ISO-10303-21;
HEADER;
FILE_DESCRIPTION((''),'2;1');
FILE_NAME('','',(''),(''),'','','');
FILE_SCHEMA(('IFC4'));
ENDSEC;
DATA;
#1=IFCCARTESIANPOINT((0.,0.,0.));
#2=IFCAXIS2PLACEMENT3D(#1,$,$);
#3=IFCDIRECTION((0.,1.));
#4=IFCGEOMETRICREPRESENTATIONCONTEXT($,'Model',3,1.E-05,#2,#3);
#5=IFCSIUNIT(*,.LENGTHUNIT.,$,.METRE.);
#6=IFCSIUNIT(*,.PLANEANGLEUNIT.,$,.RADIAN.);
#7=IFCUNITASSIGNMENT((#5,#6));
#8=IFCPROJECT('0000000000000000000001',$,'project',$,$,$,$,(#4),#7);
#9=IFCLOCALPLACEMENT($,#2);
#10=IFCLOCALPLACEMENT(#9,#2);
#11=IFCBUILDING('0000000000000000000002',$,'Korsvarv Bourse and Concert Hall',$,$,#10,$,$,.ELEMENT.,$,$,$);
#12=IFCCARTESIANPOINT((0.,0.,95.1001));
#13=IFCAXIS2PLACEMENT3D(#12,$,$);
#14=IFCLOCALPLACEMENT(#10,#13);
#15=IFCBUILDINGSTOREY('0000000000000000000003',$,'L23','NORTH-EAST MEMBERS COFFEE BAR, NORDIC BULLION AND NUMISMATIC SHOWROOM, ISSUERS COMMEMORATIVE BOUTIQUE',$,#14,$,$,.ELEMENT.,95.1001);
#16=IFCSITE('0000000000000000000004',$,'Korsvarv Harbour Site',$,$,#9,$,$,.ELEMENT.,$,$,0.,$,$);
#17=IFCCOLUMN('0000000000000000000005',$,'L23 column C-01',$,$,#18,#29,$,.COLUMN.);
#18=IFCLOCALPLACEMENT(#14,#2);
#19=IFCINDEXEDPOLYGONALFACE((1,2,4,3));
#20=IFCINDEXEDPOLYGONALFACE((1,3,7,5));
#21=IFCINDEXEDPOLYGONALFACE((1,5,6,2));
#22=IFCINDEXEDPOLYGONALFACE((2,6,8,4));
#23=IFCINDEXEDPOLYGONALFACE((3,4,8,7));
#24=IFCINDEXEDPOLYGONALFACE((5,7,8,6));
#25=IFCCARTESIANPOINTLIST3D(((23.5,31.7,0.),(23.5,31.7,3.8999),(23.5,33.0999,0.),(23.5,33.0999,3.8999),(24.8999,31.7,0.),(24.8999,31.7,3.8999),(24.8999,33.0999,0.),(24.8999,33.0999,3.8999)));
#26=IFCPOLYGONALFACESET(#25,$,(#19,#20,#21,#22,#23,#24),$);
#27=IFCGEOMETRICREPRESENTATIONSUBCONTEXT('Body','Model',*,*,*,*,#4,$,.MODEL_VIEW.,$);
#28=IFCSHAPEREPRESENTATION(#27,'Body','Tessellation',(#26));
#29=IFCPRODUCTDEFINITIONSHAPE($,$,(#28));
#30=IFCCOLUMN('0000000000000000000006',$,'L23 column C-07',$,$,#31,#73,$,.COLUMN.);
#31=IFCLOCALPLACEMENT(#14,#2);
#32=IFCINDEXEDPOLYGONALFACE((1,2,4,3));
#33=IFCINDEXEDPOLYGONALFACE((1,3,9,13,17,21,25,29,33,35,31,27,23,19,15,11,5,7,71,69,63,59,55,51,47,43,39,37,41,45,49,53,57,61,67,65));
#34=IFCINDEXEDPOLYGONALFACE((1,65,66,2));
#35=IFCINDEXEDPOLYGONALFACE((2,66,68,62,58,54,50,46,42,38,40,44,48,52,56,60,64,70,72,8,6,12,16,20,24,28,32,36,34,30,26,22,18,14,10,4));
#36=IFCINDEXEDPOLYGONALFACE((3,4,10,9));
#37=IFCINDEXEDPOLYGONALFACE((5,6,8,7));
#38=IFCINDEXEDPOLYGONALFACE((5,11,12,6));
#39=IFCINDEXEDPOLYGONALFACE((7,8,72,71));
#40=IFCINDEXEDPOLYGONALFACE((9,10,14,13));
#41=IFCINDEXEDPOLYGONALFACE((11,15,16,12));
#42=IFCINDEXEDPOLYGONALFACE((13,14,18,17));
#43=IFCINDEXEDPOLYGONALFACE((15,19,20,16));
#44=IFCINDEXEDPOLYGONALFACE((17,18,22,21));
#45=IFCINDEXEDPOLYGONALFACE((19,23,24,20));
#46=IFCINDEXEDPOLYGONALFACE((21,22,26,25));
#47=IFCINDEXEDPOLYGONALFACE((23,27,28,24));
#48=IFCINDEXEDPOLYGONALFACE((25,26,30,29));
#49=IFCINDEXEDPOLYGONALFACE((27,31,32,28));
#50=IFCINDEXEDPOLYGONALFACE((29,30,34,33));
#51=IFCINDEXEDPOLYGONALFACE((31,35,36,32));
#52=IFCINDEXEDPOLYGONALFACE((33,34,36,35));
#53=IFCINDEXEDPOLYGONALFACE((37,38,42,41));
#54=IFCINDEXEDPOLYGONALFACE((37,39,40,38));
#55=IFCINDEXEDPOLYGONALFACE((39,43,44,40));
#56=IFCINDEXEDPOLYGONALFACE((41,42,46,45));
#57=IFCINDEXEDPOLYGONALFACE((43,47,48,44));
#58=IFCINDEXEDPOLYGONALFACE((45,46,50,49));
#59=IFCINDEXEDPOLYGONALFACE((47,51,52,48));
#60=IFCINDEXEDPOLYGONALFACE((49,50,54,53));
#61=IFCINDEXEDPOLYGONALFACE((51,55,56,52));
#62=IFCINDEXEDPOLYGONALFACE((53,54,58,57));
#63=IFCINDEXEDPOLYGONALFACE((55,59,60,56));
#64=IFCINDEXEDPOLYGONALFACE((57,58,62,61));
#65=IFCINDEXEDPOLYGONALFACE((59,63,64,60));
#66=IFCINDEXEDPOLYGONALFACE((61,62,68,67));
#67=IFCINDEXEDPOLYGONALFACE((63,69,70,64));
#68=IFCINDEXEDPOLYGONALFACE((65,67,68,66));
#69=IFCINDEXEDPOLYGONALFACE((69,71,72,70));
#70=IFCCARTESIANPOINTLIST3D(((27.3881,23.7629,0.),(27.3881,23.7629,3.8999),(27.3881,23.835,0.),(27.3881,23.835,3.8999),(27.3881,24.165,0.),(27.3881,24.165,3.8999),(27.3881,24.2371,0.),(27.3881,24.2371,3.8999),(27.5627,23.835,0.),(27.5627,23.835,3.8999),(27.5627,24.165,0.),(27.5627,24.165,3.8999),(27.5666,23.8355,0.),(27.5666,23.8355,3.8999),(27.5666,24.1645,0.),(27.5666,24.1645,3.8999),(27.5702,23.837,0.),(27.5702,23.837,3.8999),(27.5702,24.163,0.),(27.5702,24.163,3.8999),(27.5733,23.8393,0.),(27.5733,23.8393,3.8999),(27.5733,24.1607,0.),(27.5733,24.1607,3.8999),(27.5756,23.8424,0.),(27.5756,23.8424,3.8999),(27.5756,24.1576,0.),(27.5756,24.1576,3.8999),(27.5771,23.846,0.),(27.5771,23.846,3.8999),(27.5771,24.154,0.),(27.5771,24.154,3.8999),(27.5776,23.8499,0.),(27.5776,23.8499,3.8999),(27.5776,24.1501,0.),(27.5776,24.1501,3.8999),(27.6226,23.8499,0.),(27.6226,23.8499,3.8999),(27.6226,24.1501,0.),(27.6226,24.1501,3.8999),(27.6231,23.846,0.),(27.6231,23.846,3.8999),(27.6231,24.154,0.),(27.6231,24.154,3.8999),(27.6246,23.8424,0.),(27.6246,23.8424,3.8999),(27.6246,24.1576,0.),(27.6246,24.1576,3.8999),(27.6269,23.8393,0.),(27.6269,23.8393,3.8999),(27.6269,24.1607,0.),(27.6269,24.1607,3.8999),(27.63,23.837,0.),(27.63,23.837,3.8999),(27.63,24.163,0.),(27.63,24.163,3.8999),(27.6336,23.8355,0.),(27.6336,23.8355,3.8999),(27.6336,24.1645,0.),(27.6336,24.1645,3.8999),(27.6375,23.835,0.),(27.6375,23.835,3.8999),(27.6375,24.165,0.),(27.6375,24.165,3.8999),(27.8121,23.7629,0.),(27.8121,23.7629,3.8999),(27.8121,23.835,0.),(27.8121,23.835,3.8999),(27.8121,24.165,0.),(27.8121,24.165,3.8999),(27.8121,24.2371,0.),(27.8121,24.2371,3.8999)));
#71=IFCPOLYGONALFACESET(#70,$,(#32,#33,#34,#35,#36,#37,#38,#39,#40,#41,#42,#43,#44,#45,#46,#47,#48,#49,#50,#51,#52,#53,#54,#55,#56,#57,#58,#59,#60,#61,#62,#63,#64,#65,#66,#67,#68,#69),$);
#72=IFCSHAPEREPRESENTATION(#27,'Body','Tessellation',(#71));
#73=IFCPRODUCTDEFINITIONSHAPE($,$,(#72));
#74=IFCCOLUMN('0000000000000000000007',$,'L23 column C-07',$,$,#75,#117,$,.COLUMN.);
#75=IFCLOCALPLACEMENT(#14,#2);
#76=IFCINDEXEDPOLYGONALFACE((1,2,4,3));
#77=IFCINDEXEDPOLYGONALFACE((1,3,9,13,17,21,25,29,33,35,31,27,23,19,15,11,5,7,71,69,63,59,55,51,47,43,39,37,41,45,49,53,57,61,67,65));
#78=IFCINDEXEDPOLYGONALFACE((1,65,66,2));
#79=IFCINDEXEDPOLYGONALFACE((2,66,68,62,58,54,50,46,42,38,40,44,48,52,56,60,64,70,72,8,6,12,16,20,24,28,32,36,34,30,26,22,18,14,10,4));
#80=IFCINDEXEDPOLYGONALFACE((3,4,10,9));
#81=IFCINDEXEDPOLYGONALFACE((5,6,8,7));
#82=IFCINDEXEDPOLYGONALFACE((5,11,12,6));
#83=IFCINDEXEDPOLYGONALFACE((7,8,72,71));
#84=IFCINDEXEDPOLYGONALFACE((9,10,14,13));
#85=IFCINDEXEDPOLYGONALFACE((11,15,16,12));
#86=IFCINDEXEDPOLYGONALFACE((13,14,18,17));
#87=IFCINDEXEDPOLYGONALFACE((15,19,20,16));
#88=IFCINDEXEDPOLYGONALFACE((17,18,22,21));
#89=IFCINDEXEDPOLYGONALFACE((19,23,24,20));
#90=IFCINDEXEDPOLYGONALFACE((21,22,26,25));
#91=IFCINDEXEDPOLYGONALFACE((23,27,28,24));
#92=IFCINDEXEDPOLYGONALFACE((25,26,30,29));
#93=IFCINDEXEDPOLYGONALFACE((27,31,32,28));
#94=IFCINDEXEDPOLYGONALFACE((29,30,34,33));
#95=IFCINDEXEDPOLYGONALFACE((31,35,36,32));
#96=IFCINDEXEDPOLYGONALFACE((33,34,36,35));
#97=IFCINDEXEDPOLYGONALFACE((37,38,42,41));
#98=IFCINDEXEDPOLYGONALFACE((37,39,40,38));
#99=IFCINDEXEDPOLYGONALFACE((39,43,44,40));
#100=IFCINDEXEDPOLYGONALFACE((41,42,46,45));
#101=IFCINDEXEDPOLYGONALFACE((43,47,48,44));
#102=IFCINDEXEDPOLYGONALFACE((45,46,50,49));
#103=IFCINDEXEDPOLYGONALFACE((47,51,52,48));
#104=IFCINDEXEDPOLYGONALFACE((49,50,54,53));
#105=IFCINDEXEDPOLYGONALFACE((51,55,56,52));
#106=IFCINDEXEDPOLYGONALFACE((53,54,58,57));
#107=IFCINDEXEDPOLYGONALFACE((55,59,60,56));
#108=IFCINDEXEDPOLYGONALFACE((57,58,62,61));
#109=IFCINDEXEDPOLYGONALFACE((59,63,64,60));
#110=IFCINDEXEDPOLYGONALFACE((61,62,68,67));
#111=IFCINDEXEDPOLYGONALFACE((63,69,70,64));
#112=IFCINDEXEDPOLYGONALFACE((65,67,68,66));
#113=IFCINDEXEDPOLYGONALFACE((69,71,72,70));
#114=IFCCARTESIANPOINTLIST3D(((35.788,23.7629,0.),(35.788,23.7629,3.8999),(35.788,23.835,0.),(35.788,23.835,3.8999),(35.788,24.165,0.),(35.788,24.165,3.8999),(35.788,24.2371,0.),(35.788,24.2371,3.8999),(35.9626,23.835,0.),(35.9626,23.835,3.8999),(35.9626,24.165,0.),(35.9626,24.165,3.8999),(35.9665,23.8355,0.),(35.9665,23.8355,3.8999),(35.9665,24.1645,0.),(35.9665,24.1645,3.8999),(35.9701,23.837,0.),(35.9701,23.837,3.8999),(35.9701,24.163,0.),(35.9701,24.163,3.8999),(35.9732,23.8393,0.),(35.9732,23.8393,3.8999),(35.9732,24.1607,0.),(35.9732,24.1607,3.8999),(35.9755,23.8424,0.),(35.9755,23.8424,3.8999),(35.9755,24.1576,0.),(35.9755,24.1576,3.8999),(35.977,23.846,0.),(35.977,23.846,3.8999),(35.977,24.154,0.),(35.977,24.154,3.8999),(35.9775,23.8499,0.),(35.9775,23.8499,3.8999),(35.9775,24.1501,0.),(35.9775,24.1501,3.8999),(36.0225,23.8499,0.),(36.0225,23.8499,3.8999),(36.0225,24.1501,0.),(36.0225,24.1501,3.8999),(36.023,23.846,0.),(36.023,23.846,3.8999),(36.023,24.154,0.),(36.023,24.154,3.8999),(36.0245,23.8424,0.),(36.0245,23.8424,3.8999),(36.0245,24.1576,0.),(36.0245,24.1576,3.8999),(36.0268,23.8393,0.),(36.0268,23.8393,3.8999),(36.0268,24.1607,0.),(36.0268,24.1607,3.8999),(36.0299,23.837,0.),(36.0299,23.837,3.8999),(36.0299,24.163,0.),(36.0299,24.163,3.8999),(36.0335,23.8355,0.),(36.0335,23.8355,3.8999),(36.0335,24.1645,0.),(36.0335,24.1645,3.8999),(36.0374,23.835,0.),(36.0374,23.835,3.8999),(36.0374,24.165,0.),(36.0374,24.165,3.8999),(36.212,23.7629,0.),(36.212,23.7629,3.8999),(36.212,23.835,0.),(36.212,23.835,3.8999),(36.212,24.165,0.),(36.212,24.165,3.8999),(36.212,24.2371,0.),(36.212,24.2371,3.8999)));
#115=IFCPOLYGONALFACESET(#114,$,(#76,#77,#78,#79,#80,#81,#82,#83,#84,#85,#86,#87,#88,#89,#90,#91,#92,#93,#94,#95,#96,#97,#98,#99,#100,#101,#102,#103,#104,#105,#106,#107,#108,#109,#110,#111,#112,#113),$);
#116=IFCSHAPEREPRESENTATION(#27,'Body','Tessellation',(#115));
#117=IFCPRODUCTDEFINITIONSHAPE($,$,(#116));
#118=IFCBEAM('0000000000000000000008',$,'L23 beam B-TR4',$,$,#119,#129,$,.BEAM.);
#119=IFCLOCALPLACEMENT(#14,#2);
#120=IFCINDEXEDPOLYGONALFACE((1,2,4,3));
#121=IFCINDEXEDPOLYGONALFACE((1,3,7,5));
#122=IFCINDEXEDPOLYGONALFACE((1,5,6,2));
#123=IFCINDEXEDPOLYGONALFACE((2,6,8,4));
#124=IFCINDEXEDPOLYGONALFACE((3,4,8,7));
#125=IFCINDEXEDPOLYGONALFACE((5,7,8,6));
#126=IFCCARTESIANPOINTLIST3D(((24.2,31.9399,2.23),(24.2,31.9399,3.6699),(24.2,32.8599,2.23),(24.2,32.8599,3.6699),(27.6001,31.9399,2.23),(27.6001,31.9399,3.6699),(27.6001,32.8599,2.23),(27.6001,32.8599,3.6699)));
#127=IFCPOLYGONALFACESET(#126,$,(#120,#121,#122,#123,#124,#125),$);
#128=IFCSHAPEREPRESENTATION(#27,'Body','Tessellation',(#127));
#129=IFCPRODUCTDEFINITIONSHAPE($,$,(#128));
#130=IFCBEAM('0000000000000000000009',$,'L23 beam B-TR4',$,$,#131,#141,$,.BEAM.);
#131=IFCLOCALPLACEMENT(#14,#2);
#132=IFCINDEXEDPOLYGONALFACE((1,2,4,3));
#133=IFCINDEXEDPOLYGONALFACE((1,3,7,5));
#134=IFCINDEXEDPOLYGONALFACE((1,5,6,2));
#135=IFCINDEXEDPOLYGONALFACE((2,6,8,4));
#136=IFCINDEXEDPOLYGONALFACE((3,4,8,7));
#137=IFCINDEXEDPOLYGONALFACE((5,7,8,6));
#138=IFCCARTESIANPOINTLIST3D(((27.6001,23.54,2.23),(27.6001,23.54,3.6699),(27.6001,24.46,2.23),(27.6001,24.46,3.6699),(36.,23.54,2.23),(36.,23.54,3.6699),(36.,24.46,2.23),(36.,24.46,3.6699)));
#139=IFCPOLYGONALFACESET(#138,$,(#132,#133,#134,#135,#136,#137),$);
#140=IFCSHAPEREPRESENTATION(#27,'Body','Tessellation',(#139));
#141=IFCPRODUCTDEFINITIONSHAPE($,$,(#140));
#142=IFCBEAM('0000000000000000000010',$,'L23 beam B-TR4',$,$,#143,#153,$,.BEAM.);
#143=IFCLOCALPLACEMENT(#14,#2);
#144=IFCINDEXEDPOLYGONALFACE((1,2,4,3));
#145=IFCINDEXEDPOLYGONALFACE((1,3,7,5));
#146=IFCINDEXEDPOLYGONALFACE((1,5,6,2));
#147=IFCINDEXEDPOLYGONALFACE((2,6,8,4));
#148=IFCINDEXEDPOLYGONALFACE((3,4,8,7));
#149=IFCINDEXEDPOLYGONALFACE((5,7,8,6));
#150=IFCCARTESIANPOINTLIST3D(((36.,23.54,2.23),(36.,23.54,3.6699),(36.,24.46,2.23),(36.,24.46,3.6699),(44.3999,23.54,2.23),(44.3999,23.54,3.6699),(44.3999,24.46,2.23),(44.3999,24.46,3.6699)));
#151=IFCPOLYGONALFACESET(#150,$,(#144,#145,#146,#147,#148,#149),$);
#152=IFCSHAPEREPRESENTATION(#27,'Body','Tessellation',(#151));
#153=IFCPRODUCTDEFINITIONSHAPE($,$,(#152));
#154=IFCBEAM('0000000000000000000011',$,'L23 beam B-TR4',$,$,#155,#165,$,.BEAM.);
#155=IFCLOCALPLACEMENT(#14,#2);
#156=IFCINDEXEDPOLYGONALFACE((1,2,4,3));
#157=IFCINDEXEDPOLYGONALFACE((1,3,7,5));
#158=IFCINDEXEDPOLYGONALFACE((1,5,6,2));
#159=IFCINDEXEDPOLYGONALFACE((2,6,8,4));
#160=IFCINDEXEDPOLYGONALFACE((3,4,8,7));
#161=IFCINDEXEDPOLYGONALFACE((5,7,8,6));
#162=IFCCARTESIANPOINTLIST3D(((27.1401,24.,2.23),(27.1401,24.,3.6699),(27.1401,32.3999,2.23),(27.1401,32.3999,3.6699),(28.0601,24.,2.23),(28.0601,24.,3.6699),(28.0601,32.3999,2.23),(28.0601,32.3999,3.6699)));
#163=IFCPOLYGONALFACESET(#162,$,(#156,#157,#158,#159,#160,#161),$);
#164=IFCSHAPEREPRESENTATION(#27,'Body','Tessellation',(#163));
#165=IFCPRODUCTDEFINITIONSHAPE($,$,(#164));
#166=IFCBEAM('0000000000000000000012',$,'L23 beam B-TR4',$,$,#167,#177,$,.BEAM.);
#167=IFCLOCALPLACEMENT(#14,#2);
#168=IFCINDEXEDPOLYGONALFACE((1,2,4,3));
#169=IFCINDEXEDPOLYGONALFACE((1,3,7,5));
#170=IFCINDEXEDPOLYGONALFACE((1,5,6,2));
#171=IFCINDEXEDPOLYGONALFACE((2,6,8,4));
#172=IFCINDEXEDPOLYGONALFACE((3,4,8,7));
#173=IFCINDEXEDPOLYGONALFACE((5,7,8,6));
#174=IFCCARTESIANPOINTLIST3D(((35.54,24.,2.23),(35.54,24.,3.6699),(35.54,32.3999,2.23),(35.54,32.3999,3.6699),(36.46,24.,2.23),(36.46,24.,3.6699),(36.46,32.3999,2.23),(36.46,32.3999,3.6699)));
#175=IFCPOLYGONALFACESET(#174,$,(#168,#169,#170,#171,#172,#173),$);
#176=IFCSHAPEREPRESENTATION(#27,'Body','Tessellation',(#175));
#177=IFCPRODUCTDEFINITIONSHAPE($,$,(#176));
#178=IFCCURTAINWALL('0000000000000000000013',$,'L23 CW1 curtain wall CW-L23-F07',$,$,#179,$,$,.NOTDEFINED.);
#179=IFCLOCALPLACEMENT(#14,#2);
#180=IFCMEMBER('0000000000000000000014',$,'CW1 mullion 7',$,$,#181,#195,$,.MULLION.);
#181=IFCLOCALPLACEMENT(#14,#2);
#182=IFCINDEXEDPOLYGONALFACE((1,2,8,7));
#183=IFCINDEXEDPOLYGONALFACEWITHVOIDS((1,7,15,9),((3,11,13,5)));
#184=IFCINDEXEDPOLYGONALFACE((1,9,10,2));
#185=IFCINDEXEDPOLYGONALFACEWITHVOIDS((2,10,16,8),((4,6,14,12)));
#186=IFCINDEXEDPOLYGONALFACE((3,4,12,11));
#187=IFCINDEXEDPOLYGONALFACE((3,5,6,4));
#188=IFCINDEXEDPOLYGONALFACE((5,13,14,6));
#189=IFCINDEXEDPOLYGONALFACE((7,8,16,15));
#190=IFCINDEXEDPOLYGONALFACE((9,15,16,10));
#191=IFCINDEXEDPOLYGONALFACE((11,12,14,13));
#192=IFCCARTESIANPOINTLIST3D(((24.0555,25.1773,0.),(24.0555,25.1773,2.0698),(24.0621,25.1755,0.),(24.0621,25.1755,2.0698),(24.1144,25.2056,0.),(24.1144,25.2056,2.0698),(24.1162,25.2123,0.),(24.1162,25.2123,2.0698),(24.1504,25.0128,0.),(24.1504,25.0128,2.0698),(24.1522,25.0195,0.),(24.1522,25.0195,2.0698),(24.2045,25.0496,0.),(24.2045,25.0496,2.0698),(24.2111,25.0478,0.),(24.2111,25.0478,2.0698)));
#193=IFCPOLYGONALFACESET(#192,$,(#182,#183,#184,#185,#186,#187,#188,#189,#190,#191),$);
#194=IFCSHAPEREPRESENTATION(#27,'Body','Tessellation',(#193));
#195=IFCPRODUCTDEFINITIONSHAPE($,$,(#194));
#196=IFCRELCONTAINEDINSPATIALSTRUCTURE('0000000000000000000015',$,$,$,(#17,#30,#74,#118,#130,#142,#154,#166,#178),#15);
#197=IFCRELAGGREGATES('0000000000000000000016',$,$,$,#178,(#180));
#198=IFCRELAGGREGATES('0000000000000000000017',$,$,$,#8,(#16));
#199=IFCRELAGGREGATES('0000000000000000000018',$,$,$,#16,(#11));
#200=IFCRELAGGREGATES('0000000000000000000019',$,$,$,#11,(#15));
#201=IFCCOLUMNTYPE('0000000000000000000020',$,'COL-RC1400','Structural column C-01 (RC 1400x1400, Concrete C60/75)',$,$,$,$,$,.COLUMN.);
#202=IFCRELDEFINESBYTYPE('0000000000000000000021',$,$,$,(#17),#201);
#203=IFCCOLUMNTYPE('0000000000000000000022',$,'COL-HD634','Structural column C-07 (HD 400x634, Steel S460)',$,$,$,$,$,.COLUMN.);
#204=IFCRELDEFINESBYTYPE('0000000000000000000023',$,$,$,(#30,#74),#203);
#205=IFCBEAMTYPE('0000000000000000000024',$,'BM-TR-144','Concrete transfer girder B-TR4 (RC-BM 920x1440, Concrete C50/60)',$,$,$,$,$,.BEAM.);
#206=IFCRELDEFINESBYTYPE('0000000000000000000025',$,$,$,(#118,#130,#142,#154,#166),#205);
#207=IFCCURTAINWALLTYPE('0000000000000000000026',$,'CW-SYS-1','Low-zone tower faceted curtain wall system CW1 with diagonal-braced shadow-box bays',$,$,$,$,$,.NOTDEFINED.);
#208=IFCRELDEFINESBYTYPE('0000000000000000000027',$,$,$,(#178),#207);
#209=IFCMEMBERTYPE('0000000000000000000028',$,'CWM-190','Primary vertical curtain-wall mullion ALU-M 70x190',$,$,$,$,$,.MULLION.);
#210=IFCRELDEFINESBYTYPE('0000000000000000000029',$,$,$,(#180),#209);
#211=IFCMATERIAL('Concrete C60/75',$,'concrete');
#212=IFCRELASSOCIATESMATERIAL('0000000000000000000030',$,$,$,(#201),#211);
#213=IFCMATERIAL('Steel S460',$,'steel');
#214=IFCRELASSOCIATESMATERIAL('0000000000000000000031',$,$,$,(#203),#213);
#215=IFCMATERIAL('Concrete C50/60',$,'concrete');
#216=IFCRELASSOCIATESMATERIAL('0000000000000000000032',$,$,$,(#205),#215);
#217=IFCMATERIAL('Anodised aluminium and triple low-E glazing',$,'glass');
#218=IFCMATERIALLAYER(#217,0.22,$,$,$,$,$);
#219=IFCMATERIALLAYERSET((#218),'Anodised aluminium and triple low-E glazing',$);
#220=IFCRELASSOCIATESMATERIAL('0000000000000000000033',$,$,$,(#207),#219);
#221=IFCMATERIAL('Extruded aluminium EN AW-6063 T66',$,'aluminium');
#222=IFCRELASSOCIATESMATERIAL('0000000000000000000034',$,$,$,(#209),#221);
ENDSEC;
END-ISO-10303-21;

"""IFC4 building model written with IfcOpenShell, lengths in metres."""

from ifc_helpers import new_model, si_unit, direction, frame, origin, origin_2d, place, context, subcontext, project, spatial, rectangle, hollow_rectangle, i_section, extrude, source, transform, mapped, material, layer, layer_set, material_profile, profile_set, type_object, element, aggregate, save


model = new_model("IFC4")

# Units and contexts
model_context = context("Model", 3, precision=1e-05, world=origin(), true_north=direction((0.0, 1.0)))
body_context = subcontext(model_context, "Body", "Model", "MODEL_VIEW")
ifc_project = project(units=[si_unit("LENGTHUNIT", "METRE"), si_unit("PLANEANGLEUNIT", "RADIAN")], contexts=[model_context])

# Site, building, storey
site_placement = place(None, origin())
site = spatial("IfcSite", under=ifc_project, at=site_placement, Name="Korsvarv Harbour Site", CompositionType="ELEMENT", RefElevation=0.0)
building_placement = place(site_placement, origin())
building = spatial("IfcBuilding", under=site, at=building_placement, Name="Korsvarv Bourse and Concert Hall", CompositionType="ELEMENT")
storey_placement = place(building_placement, frame((0.0, 0.0, 95.1001)))
storey = spatial("IfcBuildingStorey", under=building, at=storey_placement, Name="L23", Description="NORTH-EAST MEMBERS COFFEE BAR, NORDIC BULLION AND NUMISMATIC SHOWROOM, ISSUERS COMMEMORATIVE BOUTIQUE", CompositionType="ELEMENT", Elevation=95.1001)

# Columns
ifc_material_1 = material(Name="Concrete C60/75", Category="concrete")
ifc_material_profile_1 = material_profile(ifc_material_1, rectangle(XDim=1.3999, YDim=1.3999, at=origin_2d()), Name="RC 1400x1400")
ifc_profile_set_1 = profile_set([ifc_material_profile_1], Name="Concrete C60/75")
column_type_1 = type_object("IfcColumnType", Name="COL-RC1400", Description="Structural column C-01 (RC 1400x1400, Concrete C60/75)", PredefinedType="COLUMN", material=ifc_profile_set_1)
shared_shape_1 = source(origin(), body_context, "Body", "SweptSolid", [
    extrude(rectangle(XDim=1.3999, YDim=1.3999, at=origin_2d()), origin(), (0.0, 0.0, 1.0), 3.8999),
])
column_placement = place(storey_placement, frame((24.2, 32.3999, 0.0), z_axis=(0.0, 0.0, 1.0), x_axis=(1.0, 0.0, 0.0)))
element("IfcColumn", 1, at=column_placement, inside=storey, type_object=column_type_1, Name="L23 column C-01", PredefinedType="COLUMN", context=body_context, shape_type="MappedRepresentation", body=[
    mapped(shared_shape_1, transform((0.0, 0.0, 0.0), scale=1.0)),
])
ifc_material_2 = material(Name="Steel S460", Category="steel")
ifc_material_profile_2 = material_profile(ifc_material_2, i_section(OverallWidth=0.4241, OverallDepth=0.4741, WebThickness=0.0449, FlangeThickness=0.072, FilletRadius=0.0149, at=origin_2d()), Name="HD 400x634")
ifc_profile_set_2 = profile_set([ifc_material_profile_2], Name="Steel S460")
column_type_2 = type_object("IfcColumnType", Name="COL-HD634", Description="Structural column C-07 (HD 400x634, Steel S460)", PredefinedType="COLUMN", material=ifc_profile_set_2)
shared_shape_2 = source(origin(), body_context, "Body", "SweptSolid", [
    extrude(i_section(OverallWidth=0.4241, OverallDepth=0.4741, WebThickness=0.0449, FlangeThickness=0.072, FilletRadius=0.0149, at=origin_2d()), origin(), (0.0, 0.0, 1.0), 3.8999),
])
for number, where, z_axis, x_axis, name in (
    (2, (27.6001, 24.0, 0.0), (0.0, 0.0, 1.0), (1.0, 0.0, 0.0), "L23 column C-07"),
    (3, (36.0, 24.0, 0.0), (0.0, 0.0, 1.0), (1.0, 0.0, 0.0), "L23 column C-07"),
):
    element("IfcColumn", number, at=place(storey_placement, frame(where, z_axis=z_axis, x_axis=x_axis)), inside=storey, type_object=column_type_2, Name=name, PredefinedType="COLUMN", context=body_context, shape_type="MappedRepresentation", body=[
        mapped(shared_shape_2, transform((0.0, 0.0, 0.0), scale=1.0)),
    ])

# Beams
ifc_material_3 = material(Name="Concrete C50/60", Category="concrete")
ifc_material_profile_3 = material_profile(ifc_material_3, rectangle(XDim=0.9199, YDim=1.4399, at=origin_2d()), Name="RC-BM 920x1440")
ifc_profile_set_3 = profile_set([ifc_material_profile_3], Name="Concrete C50/60")
beam_type = type_object("IfcBeamType", Name="BM-TR-144", Description="Concrete transfer girder B-TR4 (RC-BM 920x1440, Concrete C50/60)", PredefinedType="BEAM", material=ifc_profile_set_3)
shared_shape_3 = source(origin(), body_context, "Body", "SweptSolid", [
    extrude(rectangle(XDim=0.9199, YDim=1.4399, at=origin_2d()), origin(), (0.0, 0.0, 1.0), 3.4001),
])
beam_placement = place(storey_placement, frame((24.2, 32.3999, 2.95), z_axis=(1.0, 0.0, 0.0), x_axis=(0.0, 1.0, 0.0)))
element("IfcBeam", 4, at=beam_placement, inside=storey, type_object=beam_type, Name="L23 beam B-TR4", PredefinedType="BEAM", context=body_context, shape_type="MappedRepresentation", body=[
    mapped(shared_shape_3, transform((0.0, 0.0, 0.0), scale=1.0)),
])
shared_shape_4 = source(origin(), body_context, "Body", "SweptSolid", [
    extrude(rectangle(XDim=0.9199, YDim=1.4399, at=origin_2d()), origin(), (0.0, 0.0, 1.0), 8.3999),
])
for number, where, z_axis, x_axis, name in (
    (5, (27.6001, 24.0, 2.95), (1.0, 0.0, 0.0), (0.0, 1.0, 0.0), "L23 beam B-TR4"),
    (6, (36.0, 24.0, 2.95), (1.0, 0.0, 0.0), (0.0, 1.0, 0.0), "L23 beam B-TR4"),
    (7, (27.6001, 24.0, 2.95), (0.0, 1.0, 0.0), (-1.0, 0.0, 0.0), "L23 beam B-TR4"),
    (8, (36.0, 24.0, 2.95), (0.0, 1.0, 0.0), (-1.0, 0.0, 0.0), "L23 beam B-TR4"),
):
    element("IfcBeam", number, at=place(storey_placement, frame(where, z_axis=z_axis, x_axis=x_axis)), inside=storey, type_object=beam_type, Name=name, PredefinedType="BEAM", context=body_context, shape_type="MappedRepresentation", body=[
        mapped(shared_shape_4, transform((0.0, 0.0, 0.0), scale=1.0)),
    ])

# Curtain wall, member
ifc_material_4 = material(Name="Anodised aluminium and triple low-E glazing", Category="glass")
ifc_layer_1 = layer(ifc_material_4, 0.22)
ifc_layer_set_1 = layer_set([ifc_layer_1], Name="Anodised aluminium and triple low-E glazing")
curtain_wall_type = type_object("IfcCurtainWallType", Name="CW-SYS-1", Description="Low-zone tower faceted curtain wall system CW1 with diagonal-braced shadow-box bays", PredefinedType="NOTDEFINED", material=ifc_layer_set_1)
curtain_wall_placement = place(storey_placement, origin())
curtain_wall = element("IfcCurtainWall", 9, at=curtain_wall_placement, inside=storey, type_object=curtain_wall_type, Name="L23 CW1 curtain wall CW-L23-F07", PredefinedType="NOTDEFINED")
ifc_material_5 = material(Name="Extruded aluminium EN AW-6063 T66", Category="aluminium")
ifc_material_profile_4 = material_profile(ifc_material_5, hollow_rectangle(XDim=0.0701, YDim=0.1899, WallThickness=0.0049, at=origin_2d()), Name="ALU-M 70x190")
ifc_profile_set_4 = profile_set([ifc_material_profile_4], Name="Extruded aluminium EN AW-6063 T66")
member_type_1 = type_object("IfcMemberType", Name="CWM-190", Description="Primary vertical curtain-wall mullion ALU-M 70x190", PredefinedType="MULLION", material=ifc_profile_set_4)
shared_shape_5 = source(origin(), body_context, "Body", "SweptSolid", [
    extrude(hollow_rectangle(XDim=0.0701, YDim=0.1899, WallThickness=0.0049, at=origin_2d()), origin(), (0.0, 0.0, 1.0), 2.0698),
])
member_1_placement = place(storey_placement, frame((24.1333, 25.1125, 0.0), z_axis=(0.0, 0.0, 1.0), x_axis=(0.866026, 0.499999, 0.0)))
member_1 = element("IfcMember", 10, at=member_1_placement, type_object=member_type_1, Name="CW1 mullion 7", PredefinedType="MULLION", context=body_context, shape_type="MappedRepresentation", body=[
    mapped(shared_shape_5, transform((0.0, 0.0, 0.0), scale=1.0)),
])
aggregate(curtain_wall, [member_1])

save(model, "model.ifc")
